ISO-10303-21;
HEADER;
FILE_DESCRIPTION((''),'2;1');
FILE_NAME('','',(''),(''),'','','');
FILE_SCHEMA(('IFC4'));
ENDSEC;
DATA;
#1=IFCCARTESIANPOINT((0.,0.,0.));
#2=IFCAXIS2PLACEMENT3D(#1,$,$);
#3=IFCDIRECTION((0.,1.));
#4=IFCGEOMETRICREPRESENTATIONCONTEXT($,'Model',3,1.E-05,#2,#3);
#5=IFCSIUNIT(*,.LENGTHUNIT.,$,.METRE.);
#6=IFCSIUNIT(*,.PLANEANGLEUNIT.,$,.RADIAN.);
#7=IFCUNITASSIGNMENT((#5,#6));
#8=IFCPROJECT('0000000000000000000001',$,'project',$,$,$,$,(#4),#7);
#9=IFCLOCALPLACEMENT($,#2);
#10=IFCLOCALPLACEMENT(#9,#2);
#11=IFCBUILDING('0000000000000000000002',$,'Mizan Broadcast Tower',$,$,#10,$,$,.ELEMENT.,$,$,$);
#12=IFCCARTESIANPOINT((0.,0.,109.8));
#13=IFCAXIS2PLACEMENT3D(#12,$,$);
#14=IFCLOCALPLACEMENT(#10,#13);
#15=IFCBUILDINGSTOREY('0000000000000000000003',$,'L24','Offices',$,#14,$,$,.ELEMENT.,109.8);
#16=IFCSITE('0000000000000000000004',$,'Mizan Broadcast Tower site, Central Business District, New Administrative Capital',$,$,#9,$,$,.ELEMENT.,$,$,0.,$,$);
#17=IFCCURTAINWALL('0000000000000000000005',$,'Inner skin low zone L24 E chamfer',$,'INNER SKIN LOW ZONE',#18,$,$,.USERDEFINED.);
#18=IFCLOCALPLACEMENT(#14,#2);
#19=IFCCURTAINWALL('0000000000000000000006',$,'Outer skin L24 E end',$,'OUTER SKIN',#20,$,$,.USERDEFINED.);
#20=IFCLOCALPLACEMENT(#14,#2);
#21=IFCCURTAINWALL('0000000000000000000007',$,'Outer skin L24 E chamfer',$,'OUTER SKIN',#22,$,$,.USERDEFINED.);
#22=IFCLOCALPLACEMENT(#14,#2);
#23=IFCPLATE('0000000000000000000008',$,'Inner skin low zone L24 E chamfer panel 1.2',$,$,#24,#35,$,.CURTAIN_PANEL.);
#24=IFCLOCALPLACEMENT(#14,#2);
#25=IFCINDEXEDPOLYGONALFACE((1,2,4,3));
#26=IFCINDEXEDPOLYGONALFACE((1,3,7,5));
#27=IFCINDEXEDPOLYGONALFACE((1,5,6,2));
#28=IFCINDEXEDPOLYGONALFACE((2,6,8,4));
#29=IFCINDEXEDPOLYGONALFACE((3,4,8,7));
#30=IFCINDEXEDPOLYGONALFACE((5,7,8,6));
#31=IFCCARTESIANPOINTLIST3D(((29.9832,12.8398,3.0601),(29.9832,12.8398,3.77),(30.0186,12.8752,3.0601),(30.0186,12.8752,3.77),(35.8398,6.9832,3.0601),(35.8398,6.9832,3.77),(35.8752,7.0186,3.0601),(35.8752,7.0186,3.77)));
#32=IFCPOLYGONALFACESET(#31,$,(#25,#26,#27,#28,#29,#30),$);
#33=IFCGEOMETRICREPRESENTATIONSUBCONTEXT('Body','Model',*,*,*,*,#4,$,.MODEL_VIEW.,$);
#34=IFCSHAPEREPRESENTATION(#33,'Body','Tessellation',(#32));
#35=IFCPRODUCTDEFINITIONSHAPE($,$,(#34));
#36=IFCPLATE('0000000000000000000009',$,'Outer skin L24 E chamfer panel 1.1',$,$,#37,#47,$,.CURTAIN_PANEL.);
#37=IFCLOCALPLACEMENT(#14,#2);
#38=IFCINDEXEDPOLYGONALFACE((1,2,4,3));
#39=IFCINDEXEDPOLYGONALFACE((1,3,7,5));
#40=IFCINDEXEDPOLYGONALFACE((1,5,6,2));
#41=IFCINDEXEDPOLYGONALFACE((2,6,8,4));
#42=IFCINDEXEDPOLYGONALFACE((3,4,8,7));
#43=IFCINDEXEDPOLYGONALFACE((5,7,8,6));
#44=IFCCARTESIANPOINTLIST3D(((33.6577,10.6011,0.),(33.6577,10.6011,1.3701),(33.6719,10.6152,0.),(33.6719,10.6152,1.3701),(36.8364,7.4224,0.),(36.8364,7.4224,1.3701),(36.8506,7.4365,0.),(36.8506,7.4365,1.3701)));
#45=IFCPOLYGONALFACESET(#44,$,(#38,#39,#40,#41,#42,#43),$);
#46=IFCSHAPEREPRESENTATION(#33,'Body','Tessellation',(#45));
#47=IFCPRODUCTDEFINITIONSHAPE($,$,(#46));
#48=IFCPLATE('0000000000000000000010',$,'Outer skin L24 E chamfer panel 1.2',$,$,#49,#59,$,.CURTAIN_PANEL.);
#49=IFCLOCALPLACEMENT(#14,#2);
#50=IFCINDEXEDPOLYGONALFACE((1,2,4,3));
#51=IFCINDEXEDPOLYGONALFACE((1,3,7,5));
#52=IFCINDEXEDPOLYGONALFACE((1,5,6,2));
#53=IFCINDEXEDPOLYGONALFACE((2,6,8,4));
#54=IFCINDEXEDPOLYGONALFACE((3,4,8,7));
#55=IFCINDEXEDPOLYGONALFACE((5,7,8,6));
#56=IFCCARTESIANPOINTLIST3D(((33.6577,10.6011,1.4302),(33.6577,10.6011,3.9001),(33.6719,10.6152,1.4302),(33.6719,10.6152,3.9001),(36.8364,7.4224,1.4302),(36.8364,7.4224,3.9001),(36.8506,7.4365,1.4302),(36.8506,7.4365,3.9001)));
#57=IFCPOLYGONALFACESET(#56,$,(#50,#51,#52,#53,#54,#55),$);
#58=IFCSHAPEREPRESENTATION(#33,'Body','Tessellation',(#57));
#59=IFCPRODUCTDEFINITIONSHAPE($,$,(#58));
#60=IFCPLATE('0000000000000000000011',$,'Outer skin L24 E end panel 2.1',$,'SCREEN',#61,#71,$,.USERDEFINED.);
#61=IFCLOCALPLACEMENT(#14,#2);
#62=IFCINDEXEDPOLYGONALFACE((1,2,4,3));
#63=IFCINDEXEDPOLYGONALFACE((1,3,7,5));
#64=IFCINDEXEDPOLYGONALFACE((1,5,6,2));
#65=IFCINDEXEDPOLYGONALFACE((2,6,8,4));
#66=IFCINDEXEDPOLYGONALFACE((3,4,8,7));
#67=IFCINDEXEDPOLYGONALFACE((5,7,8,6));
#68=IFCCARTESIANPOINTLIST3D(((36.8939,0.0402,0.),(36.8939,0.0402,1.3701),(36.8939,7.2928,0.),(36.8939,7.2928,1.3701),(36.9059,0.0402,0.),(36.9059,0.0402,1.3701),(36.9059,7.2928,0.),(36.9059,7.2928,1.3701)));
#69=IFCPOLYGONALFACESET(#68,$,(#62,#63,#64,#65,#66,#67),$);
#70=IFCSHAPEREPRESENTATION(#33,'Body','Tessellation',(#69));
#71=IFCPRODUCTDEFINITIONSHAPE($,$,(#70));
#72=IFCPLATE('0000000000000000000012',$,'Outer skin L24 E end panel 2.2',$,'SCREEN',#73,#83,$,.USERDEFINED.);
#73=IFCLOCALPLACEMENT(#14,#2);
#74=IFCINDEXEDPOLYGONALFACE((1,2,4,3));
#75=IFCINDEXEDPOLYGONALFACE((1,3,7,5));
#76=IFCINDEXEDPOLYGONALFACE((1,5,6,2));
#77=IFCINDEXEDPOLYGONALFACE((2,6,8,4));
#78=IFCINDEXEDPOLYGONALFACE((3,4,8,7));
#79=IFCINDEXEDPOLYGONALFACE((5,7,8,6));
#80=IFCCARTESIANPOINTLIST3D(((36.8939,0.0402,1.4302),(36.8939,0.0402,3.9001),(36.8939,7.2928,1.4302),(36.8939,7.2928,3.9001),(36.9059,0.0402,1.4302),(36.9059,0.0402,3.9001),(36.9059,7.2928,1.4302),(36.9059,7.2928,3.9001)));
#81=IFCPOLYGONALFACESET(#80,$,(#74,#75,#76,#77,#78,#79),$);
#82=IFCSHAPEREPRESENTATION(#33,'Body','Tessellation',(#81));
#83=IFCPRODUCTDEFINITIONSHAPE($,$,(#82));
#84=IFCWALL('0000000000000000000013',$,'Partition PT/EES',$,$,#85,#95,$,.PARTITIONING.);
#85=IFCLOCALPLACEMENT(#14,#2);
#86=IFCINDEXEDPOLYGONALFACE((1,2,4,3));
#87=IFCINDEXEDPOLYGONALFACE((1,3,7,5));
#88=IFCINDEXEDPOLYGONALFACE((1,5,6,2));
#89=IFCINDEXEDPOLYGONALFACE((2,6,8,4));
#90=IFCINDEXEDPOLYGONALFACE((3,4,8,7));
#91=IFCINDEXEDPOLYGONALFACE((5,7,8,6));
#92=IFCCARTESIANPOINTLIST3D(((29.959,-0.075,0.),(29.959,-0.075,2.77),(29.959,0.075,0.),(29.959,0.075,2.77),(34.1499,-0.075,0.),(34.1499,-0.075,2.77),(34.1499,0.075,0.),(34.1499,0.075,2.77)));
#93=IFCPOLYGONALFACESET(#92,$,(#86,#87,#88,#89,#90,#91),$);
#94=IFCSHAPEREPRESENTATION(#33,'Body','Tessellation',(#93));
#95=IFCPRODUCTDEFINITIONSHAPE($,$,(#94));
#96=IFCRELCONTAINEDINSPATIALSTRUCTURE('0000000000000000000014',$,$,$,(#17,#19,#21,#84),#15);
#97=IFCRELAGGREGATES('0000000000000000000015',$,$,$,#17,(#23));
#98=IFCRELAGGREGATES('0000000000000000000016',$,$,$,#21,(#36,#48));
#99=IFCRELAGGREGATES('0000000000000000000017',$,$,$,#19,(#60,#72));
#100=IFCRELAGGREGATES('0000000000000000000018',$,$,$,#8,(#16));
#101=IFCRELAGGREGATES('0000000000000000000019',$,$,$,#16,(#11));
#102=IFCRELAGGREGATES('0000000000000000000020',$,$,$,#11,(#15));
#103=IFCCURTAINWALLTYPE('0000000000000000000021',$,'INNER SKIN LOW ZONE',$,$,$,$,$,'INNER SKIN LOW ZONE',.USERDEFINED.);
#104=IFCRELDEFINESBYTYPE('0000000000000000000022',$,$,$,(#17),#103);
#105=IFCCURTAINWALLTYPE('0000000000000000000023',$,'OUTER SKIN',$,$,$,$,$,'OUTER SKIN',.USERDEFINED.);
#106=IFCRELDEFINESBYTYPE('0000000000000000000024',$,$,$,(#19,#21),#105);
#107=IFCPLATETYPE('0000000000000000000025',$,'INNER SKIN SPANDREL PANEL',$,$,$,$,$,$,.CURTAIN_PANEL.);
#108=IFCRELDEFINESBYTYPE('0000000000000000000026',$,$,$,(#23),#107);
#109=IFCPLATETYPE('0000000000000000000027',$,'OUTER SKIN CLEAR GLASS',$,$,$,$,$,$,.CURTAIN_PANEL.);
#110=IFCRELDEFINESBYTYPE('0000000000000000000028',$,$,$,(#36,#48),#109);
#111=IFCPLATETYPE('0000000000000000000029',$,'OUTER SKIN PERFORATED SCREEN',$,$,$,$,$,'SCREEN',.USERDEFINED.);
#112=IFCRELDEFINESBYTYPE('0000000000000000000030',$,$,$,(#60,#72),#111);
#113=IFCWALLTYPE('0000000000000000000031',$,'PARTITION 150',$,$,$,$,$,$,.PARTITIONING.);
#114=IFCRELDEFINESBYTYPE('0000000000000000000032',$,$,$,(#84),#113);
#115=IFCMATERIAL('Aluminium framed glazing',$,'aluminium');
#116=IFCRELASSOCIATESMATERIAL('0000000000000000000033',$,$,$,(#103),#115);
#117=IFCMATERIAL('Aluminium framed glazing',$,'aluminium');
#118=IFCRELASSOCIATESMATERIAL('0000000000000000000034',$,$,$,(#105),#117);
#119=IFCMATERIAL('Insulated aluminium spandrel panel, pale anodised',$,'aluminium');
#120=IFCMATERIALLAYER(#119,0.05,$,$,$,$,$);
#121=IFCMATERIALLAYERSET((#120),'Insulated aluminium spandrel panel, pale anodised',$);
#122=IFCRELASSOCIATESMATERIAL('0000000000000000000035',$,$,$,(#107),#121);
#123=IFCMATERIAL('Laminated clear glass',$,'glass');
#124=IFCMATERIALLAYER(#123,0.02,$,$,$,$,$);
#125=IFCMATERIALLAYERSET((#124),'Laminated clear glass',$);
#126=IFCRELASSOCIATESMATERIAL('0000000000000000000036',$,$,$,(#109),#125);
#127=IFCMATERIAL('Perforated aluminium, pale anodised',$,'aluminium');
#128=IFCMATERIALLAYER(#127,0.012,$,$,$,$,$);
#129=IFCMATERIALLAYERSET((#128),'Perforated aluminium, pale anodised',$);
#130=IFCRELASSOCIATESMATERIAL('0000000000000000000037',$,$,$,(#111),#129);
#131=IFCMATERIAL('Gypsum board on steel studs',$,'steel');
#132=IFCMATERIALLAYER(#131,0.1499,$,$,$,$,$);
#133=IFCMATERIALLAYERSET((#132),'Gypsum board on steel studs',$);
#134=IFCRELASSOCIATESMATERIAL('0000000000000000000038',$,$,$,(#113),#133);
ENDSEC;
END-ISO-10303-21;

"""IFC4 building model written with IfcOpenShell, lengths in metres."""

from ifc_helpers import new_model, si_unit, direction, frame, frame_2d, origin, origin_2d, place, context, subcontext, project, spatial, rectangle, extrude, material, layer, layer_set, type_object, element, aggregate, save


model = new_model("IFC4")

# Units and contexts
model_context = context("Model", 3, precision=1e-05, world=origin(), true_north=direction((0.0, 1.0)))
body_context = subcontext(model_context, "Body", "Model", "MODEL_VIEW")
ifc_project = project(units=[si_unit("LENGTHUNIT", "METRE"), si_unit("PLANEANGLEUNIT", "RADIAN")], contexts=[model_context])

# Site, building, storey
site_placement = place(None, origin())
site = spatial("IfcSite", under=ifc_project, at=site_placement, Name="Mizan Broadcast Tower site, Central Business District, New Administrative Capital", CompositionType="ELEMENT", RefElevation=0.0)
building_placement = place(site_placement, origin())
building = spatial("IfcBuilding", under=site, at=building_placement, Name="Mizan Broadcast Tower", CompositionType="ELEMENT")
storey_placement = place(building_placement, frame((0.0, 0.0, 109.8)))
storey = spatial("IfcBuildingStorey", under=building, at=storey_placement, Name="L24", Description="Offices", CompositionType="ELEMENT", Elevation=109.8)

# Shared definitions
ifc_material_1 = material(Name="Aluminium framed glazing", Category="aluminium")
curtain_wall_type_1 = type_object("IfcCurtainWallType", Name="INNER SKIN LOW ZONE", ElementType="INNER SKIN LOW ZONE", PredefinedType="USERDEFINED", material=ifc_material_1)

# Curtain wall
curtain_wall_1_placement = place(storey_placement, origin())
curtain_wall_1 = element("IfcCurtainWall", 1, at=curtain_wall_1_placement, inside=storey, type_object=curtain_wall_type_1, Name="Inner skin low zone L24 E chamfer", ObjectType="INNER SKIN LOW ZONE", PredefinedType="USERDEFINED")

# Curtain wall
ifc_material_2 = material(Name="Aluminium framed glazing", Category="aluminium")
curtain_wall_type_2 = type_object("IfcCurtainWallType", Name="OUTER SKIN", ElementType="OUTER SKIN", PredefinedType="USERDEFINED", material=ifc_material_2)
curtain_wall_2_placement = place(storey_placement, origin())
curtain_wall_2 = element("IfcCurtainWall", 2, at=curtain_wall_2_placement, inside=storey, type_object=curtain_wall_type_2, Name="Outer skin L24 E end", ObjectType="OUTER SKIN", PredefinedType="USERDEFINED")

# Curtain wall
curtain_wall_3_placement = place(storey_placement, origin())
curtain_wall_3 = element("IfcCurtainWall", 3, at=curtain_wall_3_placement, inside=storey, type_object=curtain_wall_type_2, Name="Outer skin L24 E chamfer", ObjectType="OUTER SKIN", PredefinedType="USERDEFINED")

# Plates
ifc_material_3 = material(Name="Insulated aluminium spandrel panel, pale anodised", Category="aluminium")
ifc_layer_1 = layer(ifc_material_3, 0.05)
ifc_layer_set_1 = layer_set([ifc_layer_1], Name="Insulated aluminium spandrel panel, pale anodised")
plate_type_1 = type_object("IfcPlateType", Name="INNER SKIN SPANDREL PANEL", PredefinedType="CURTAIN_PANEL", material=ifc_layer_set_1)
plate_1_placement = place(storey_placement, frame((32.9292, 9.9292, 3.0601), z_axis=(0.0, 0.0, 1.0), x_axis=(-0.707107, 0.707107, 0.0)))
plate_1 = element("IfcPlate", 4, at=plate_1_placement, type_object=plate_type_1, Name="Inner skin low zone L24 E chamfer panel 1.2", PredefinedType="CURTAIN_PANEL", context=body_context, shape_type="SweptSolid", body=[
    extrude(rectangle(XDim=8.2825, YDim=0.05, at=origin_2d()), origin(), (0.0, 0.0, 1.0), 0.71),
])
aggregate(curtain_wall_1, [plate_1])
ifc_material_4 = material(Name="Laminated clear glass", Category="glass")
ifc_layer_2 = layer(ifc_material_4, 0.02)
ifc_layer_set_2 = layer_set([ifc_layer_2], Name="Laminated clear glass")
plate_type_2 = type_object("IfcPlateType", Name="OUTER SKIN CLEAR GLASS", PredefinedType="CURTAIN_PANEL", material=ifc_layer_set_2)
plate_2_placement = place(storey_placement, frame((35.2542, 9.0188, 0.0), z_axis=(0.0, 0.0, 1.0), x_axis=(-0.707107, 0.707107, 0.0)))
plate_2 = element("IfcPlate", 5, at=plate_2_placement, type_object=plate_type_2, Name="Outer skin L24 E chamfer panel 1.1", PredefinedType="CURTAIN_PANEL", context=body_context, shape_type="SweptSolid", body=[
    extrude(rectangle(XDim=4.4954, YDim=0.02, at=origin_2d()), origin(), (0.0, 0.0, 1.0), 1.3701),
])
plate_3_placement = place(storey_placement, frame((35.2542, 9.0188, 1.4302), z_axis=(0.0, 0.0, 1.0), x_axis=(-0.707107, 0.707107, 0.0)))
plate_3 = element("IfcPlate", 6, at=plate_3_placement, type_object=plate_type_2, Name="Outer skin L24 E chamfer panel 1.2", PredefinedType="CURTAIN_PANEL", context=body_context, shape_type="SweptSolid", body=[
    extrude(rectangle(XDim=4.4954, YDim=0.02, at=origin_2d()), origin(), (0.0, 0.0, 1.0), 2.47),
])
aggregate(curtain_wall_3, [plate_2, plate_3])
ifc_material_5 = material(Name="Perforated aluminium, pale anodised", Category="aluminium")
ifc_layer_3 = layer(ifc_material_5, 0.012)
ifc_layer_set_3 = layer_set([ifc_layer_3], Name="Perforated aluminium, pale anodised")
plate_type_3 = type_object("IfcPlateType", Name="OUTER SKIN PERFORATED SCREEN", ElementType="SCREEN", PredefinedType="USERDEFINED", material=ifc_layer_set_3)
plate_4_placement = place(storey_placement, frame((36.8999, 3.6665, 0.0), z_axis=(0.0, 0.0, 1.0), x_axis=(0.0, 1.0, 0.0)))
plate_4 = element("IfcPlate", 7, at=plate_4_placement, type_object=plate_type_3, Name="Outer skin L24 E end panel 2.1", ObjectType="SCREEN", PredefinedType="USERDEFINED", context=body_context, shape_type="SweptSolid", body=[
    extrude(rectangle(XDim=7.2527, YDim=0.012, at=origin_2d()), origin(), (0.0, 0.0, 1.0), 1.3701),
])
plate_5_placement = place(storey_placement, frame((36.8999, 3.6665, 1.4302), z_axis=(0.0, 0.0, 1.0), x_axis=(0.0, 1.0, 0.0)))
plate_5 = element("IfcPlate", 8, at=plate_5_placement, type_object=plate_type_3, Name="Outer skin L24 E end panel 2.2", ObjectType="SCREEN", PredefinedType="USERDEFINED", context=body_context, shape_type="SweptSolid", body=[
    extrude(rectangle(XDim=7.2527, YDim=0.012, at=origin_2d()), origin(), (0.0, 0.0, 1.0), 2.47),
])
aggregate(curtain_wall_2, [plate_4, plate_5])

# Wall
ifc_material_6 = material(Name="Gypsum board on steel studs", Category="steel")
ifc_layer_4 = layer(ifc_material_6, 0.1499)
ifc_layer_set_4 = layer_set([ifc_layer_4], Name="Gypsum board on steel studs")
wall_type = type_object("IfcWallType", Name="PARTITION 150", PredefinedType="PARTITIONING", material=ifc_layer_set_4)
wall_placement = place(storey_placement, frame((29.959, 0.0, 0.0), z_axis=(0.0, 0.0, 1.0), x_axis=(1.0, 0.0, 0.0)))
element("IfcWall", 9, at=wall_placement, inside=storey, type_object=wall_type, Name="Partition PT/EES", PredefinedType="PARTITIONING", context=body_context, shape_type="SweptSolid", body=[
    extrude(rectangle(XDim=4.1909, YDim=0.1499, at=frame_2d((2.0955, 0.0))), origin(), (0.0, 0.0, 1.0), 2.77),
])

save(model, "model.ifc")
